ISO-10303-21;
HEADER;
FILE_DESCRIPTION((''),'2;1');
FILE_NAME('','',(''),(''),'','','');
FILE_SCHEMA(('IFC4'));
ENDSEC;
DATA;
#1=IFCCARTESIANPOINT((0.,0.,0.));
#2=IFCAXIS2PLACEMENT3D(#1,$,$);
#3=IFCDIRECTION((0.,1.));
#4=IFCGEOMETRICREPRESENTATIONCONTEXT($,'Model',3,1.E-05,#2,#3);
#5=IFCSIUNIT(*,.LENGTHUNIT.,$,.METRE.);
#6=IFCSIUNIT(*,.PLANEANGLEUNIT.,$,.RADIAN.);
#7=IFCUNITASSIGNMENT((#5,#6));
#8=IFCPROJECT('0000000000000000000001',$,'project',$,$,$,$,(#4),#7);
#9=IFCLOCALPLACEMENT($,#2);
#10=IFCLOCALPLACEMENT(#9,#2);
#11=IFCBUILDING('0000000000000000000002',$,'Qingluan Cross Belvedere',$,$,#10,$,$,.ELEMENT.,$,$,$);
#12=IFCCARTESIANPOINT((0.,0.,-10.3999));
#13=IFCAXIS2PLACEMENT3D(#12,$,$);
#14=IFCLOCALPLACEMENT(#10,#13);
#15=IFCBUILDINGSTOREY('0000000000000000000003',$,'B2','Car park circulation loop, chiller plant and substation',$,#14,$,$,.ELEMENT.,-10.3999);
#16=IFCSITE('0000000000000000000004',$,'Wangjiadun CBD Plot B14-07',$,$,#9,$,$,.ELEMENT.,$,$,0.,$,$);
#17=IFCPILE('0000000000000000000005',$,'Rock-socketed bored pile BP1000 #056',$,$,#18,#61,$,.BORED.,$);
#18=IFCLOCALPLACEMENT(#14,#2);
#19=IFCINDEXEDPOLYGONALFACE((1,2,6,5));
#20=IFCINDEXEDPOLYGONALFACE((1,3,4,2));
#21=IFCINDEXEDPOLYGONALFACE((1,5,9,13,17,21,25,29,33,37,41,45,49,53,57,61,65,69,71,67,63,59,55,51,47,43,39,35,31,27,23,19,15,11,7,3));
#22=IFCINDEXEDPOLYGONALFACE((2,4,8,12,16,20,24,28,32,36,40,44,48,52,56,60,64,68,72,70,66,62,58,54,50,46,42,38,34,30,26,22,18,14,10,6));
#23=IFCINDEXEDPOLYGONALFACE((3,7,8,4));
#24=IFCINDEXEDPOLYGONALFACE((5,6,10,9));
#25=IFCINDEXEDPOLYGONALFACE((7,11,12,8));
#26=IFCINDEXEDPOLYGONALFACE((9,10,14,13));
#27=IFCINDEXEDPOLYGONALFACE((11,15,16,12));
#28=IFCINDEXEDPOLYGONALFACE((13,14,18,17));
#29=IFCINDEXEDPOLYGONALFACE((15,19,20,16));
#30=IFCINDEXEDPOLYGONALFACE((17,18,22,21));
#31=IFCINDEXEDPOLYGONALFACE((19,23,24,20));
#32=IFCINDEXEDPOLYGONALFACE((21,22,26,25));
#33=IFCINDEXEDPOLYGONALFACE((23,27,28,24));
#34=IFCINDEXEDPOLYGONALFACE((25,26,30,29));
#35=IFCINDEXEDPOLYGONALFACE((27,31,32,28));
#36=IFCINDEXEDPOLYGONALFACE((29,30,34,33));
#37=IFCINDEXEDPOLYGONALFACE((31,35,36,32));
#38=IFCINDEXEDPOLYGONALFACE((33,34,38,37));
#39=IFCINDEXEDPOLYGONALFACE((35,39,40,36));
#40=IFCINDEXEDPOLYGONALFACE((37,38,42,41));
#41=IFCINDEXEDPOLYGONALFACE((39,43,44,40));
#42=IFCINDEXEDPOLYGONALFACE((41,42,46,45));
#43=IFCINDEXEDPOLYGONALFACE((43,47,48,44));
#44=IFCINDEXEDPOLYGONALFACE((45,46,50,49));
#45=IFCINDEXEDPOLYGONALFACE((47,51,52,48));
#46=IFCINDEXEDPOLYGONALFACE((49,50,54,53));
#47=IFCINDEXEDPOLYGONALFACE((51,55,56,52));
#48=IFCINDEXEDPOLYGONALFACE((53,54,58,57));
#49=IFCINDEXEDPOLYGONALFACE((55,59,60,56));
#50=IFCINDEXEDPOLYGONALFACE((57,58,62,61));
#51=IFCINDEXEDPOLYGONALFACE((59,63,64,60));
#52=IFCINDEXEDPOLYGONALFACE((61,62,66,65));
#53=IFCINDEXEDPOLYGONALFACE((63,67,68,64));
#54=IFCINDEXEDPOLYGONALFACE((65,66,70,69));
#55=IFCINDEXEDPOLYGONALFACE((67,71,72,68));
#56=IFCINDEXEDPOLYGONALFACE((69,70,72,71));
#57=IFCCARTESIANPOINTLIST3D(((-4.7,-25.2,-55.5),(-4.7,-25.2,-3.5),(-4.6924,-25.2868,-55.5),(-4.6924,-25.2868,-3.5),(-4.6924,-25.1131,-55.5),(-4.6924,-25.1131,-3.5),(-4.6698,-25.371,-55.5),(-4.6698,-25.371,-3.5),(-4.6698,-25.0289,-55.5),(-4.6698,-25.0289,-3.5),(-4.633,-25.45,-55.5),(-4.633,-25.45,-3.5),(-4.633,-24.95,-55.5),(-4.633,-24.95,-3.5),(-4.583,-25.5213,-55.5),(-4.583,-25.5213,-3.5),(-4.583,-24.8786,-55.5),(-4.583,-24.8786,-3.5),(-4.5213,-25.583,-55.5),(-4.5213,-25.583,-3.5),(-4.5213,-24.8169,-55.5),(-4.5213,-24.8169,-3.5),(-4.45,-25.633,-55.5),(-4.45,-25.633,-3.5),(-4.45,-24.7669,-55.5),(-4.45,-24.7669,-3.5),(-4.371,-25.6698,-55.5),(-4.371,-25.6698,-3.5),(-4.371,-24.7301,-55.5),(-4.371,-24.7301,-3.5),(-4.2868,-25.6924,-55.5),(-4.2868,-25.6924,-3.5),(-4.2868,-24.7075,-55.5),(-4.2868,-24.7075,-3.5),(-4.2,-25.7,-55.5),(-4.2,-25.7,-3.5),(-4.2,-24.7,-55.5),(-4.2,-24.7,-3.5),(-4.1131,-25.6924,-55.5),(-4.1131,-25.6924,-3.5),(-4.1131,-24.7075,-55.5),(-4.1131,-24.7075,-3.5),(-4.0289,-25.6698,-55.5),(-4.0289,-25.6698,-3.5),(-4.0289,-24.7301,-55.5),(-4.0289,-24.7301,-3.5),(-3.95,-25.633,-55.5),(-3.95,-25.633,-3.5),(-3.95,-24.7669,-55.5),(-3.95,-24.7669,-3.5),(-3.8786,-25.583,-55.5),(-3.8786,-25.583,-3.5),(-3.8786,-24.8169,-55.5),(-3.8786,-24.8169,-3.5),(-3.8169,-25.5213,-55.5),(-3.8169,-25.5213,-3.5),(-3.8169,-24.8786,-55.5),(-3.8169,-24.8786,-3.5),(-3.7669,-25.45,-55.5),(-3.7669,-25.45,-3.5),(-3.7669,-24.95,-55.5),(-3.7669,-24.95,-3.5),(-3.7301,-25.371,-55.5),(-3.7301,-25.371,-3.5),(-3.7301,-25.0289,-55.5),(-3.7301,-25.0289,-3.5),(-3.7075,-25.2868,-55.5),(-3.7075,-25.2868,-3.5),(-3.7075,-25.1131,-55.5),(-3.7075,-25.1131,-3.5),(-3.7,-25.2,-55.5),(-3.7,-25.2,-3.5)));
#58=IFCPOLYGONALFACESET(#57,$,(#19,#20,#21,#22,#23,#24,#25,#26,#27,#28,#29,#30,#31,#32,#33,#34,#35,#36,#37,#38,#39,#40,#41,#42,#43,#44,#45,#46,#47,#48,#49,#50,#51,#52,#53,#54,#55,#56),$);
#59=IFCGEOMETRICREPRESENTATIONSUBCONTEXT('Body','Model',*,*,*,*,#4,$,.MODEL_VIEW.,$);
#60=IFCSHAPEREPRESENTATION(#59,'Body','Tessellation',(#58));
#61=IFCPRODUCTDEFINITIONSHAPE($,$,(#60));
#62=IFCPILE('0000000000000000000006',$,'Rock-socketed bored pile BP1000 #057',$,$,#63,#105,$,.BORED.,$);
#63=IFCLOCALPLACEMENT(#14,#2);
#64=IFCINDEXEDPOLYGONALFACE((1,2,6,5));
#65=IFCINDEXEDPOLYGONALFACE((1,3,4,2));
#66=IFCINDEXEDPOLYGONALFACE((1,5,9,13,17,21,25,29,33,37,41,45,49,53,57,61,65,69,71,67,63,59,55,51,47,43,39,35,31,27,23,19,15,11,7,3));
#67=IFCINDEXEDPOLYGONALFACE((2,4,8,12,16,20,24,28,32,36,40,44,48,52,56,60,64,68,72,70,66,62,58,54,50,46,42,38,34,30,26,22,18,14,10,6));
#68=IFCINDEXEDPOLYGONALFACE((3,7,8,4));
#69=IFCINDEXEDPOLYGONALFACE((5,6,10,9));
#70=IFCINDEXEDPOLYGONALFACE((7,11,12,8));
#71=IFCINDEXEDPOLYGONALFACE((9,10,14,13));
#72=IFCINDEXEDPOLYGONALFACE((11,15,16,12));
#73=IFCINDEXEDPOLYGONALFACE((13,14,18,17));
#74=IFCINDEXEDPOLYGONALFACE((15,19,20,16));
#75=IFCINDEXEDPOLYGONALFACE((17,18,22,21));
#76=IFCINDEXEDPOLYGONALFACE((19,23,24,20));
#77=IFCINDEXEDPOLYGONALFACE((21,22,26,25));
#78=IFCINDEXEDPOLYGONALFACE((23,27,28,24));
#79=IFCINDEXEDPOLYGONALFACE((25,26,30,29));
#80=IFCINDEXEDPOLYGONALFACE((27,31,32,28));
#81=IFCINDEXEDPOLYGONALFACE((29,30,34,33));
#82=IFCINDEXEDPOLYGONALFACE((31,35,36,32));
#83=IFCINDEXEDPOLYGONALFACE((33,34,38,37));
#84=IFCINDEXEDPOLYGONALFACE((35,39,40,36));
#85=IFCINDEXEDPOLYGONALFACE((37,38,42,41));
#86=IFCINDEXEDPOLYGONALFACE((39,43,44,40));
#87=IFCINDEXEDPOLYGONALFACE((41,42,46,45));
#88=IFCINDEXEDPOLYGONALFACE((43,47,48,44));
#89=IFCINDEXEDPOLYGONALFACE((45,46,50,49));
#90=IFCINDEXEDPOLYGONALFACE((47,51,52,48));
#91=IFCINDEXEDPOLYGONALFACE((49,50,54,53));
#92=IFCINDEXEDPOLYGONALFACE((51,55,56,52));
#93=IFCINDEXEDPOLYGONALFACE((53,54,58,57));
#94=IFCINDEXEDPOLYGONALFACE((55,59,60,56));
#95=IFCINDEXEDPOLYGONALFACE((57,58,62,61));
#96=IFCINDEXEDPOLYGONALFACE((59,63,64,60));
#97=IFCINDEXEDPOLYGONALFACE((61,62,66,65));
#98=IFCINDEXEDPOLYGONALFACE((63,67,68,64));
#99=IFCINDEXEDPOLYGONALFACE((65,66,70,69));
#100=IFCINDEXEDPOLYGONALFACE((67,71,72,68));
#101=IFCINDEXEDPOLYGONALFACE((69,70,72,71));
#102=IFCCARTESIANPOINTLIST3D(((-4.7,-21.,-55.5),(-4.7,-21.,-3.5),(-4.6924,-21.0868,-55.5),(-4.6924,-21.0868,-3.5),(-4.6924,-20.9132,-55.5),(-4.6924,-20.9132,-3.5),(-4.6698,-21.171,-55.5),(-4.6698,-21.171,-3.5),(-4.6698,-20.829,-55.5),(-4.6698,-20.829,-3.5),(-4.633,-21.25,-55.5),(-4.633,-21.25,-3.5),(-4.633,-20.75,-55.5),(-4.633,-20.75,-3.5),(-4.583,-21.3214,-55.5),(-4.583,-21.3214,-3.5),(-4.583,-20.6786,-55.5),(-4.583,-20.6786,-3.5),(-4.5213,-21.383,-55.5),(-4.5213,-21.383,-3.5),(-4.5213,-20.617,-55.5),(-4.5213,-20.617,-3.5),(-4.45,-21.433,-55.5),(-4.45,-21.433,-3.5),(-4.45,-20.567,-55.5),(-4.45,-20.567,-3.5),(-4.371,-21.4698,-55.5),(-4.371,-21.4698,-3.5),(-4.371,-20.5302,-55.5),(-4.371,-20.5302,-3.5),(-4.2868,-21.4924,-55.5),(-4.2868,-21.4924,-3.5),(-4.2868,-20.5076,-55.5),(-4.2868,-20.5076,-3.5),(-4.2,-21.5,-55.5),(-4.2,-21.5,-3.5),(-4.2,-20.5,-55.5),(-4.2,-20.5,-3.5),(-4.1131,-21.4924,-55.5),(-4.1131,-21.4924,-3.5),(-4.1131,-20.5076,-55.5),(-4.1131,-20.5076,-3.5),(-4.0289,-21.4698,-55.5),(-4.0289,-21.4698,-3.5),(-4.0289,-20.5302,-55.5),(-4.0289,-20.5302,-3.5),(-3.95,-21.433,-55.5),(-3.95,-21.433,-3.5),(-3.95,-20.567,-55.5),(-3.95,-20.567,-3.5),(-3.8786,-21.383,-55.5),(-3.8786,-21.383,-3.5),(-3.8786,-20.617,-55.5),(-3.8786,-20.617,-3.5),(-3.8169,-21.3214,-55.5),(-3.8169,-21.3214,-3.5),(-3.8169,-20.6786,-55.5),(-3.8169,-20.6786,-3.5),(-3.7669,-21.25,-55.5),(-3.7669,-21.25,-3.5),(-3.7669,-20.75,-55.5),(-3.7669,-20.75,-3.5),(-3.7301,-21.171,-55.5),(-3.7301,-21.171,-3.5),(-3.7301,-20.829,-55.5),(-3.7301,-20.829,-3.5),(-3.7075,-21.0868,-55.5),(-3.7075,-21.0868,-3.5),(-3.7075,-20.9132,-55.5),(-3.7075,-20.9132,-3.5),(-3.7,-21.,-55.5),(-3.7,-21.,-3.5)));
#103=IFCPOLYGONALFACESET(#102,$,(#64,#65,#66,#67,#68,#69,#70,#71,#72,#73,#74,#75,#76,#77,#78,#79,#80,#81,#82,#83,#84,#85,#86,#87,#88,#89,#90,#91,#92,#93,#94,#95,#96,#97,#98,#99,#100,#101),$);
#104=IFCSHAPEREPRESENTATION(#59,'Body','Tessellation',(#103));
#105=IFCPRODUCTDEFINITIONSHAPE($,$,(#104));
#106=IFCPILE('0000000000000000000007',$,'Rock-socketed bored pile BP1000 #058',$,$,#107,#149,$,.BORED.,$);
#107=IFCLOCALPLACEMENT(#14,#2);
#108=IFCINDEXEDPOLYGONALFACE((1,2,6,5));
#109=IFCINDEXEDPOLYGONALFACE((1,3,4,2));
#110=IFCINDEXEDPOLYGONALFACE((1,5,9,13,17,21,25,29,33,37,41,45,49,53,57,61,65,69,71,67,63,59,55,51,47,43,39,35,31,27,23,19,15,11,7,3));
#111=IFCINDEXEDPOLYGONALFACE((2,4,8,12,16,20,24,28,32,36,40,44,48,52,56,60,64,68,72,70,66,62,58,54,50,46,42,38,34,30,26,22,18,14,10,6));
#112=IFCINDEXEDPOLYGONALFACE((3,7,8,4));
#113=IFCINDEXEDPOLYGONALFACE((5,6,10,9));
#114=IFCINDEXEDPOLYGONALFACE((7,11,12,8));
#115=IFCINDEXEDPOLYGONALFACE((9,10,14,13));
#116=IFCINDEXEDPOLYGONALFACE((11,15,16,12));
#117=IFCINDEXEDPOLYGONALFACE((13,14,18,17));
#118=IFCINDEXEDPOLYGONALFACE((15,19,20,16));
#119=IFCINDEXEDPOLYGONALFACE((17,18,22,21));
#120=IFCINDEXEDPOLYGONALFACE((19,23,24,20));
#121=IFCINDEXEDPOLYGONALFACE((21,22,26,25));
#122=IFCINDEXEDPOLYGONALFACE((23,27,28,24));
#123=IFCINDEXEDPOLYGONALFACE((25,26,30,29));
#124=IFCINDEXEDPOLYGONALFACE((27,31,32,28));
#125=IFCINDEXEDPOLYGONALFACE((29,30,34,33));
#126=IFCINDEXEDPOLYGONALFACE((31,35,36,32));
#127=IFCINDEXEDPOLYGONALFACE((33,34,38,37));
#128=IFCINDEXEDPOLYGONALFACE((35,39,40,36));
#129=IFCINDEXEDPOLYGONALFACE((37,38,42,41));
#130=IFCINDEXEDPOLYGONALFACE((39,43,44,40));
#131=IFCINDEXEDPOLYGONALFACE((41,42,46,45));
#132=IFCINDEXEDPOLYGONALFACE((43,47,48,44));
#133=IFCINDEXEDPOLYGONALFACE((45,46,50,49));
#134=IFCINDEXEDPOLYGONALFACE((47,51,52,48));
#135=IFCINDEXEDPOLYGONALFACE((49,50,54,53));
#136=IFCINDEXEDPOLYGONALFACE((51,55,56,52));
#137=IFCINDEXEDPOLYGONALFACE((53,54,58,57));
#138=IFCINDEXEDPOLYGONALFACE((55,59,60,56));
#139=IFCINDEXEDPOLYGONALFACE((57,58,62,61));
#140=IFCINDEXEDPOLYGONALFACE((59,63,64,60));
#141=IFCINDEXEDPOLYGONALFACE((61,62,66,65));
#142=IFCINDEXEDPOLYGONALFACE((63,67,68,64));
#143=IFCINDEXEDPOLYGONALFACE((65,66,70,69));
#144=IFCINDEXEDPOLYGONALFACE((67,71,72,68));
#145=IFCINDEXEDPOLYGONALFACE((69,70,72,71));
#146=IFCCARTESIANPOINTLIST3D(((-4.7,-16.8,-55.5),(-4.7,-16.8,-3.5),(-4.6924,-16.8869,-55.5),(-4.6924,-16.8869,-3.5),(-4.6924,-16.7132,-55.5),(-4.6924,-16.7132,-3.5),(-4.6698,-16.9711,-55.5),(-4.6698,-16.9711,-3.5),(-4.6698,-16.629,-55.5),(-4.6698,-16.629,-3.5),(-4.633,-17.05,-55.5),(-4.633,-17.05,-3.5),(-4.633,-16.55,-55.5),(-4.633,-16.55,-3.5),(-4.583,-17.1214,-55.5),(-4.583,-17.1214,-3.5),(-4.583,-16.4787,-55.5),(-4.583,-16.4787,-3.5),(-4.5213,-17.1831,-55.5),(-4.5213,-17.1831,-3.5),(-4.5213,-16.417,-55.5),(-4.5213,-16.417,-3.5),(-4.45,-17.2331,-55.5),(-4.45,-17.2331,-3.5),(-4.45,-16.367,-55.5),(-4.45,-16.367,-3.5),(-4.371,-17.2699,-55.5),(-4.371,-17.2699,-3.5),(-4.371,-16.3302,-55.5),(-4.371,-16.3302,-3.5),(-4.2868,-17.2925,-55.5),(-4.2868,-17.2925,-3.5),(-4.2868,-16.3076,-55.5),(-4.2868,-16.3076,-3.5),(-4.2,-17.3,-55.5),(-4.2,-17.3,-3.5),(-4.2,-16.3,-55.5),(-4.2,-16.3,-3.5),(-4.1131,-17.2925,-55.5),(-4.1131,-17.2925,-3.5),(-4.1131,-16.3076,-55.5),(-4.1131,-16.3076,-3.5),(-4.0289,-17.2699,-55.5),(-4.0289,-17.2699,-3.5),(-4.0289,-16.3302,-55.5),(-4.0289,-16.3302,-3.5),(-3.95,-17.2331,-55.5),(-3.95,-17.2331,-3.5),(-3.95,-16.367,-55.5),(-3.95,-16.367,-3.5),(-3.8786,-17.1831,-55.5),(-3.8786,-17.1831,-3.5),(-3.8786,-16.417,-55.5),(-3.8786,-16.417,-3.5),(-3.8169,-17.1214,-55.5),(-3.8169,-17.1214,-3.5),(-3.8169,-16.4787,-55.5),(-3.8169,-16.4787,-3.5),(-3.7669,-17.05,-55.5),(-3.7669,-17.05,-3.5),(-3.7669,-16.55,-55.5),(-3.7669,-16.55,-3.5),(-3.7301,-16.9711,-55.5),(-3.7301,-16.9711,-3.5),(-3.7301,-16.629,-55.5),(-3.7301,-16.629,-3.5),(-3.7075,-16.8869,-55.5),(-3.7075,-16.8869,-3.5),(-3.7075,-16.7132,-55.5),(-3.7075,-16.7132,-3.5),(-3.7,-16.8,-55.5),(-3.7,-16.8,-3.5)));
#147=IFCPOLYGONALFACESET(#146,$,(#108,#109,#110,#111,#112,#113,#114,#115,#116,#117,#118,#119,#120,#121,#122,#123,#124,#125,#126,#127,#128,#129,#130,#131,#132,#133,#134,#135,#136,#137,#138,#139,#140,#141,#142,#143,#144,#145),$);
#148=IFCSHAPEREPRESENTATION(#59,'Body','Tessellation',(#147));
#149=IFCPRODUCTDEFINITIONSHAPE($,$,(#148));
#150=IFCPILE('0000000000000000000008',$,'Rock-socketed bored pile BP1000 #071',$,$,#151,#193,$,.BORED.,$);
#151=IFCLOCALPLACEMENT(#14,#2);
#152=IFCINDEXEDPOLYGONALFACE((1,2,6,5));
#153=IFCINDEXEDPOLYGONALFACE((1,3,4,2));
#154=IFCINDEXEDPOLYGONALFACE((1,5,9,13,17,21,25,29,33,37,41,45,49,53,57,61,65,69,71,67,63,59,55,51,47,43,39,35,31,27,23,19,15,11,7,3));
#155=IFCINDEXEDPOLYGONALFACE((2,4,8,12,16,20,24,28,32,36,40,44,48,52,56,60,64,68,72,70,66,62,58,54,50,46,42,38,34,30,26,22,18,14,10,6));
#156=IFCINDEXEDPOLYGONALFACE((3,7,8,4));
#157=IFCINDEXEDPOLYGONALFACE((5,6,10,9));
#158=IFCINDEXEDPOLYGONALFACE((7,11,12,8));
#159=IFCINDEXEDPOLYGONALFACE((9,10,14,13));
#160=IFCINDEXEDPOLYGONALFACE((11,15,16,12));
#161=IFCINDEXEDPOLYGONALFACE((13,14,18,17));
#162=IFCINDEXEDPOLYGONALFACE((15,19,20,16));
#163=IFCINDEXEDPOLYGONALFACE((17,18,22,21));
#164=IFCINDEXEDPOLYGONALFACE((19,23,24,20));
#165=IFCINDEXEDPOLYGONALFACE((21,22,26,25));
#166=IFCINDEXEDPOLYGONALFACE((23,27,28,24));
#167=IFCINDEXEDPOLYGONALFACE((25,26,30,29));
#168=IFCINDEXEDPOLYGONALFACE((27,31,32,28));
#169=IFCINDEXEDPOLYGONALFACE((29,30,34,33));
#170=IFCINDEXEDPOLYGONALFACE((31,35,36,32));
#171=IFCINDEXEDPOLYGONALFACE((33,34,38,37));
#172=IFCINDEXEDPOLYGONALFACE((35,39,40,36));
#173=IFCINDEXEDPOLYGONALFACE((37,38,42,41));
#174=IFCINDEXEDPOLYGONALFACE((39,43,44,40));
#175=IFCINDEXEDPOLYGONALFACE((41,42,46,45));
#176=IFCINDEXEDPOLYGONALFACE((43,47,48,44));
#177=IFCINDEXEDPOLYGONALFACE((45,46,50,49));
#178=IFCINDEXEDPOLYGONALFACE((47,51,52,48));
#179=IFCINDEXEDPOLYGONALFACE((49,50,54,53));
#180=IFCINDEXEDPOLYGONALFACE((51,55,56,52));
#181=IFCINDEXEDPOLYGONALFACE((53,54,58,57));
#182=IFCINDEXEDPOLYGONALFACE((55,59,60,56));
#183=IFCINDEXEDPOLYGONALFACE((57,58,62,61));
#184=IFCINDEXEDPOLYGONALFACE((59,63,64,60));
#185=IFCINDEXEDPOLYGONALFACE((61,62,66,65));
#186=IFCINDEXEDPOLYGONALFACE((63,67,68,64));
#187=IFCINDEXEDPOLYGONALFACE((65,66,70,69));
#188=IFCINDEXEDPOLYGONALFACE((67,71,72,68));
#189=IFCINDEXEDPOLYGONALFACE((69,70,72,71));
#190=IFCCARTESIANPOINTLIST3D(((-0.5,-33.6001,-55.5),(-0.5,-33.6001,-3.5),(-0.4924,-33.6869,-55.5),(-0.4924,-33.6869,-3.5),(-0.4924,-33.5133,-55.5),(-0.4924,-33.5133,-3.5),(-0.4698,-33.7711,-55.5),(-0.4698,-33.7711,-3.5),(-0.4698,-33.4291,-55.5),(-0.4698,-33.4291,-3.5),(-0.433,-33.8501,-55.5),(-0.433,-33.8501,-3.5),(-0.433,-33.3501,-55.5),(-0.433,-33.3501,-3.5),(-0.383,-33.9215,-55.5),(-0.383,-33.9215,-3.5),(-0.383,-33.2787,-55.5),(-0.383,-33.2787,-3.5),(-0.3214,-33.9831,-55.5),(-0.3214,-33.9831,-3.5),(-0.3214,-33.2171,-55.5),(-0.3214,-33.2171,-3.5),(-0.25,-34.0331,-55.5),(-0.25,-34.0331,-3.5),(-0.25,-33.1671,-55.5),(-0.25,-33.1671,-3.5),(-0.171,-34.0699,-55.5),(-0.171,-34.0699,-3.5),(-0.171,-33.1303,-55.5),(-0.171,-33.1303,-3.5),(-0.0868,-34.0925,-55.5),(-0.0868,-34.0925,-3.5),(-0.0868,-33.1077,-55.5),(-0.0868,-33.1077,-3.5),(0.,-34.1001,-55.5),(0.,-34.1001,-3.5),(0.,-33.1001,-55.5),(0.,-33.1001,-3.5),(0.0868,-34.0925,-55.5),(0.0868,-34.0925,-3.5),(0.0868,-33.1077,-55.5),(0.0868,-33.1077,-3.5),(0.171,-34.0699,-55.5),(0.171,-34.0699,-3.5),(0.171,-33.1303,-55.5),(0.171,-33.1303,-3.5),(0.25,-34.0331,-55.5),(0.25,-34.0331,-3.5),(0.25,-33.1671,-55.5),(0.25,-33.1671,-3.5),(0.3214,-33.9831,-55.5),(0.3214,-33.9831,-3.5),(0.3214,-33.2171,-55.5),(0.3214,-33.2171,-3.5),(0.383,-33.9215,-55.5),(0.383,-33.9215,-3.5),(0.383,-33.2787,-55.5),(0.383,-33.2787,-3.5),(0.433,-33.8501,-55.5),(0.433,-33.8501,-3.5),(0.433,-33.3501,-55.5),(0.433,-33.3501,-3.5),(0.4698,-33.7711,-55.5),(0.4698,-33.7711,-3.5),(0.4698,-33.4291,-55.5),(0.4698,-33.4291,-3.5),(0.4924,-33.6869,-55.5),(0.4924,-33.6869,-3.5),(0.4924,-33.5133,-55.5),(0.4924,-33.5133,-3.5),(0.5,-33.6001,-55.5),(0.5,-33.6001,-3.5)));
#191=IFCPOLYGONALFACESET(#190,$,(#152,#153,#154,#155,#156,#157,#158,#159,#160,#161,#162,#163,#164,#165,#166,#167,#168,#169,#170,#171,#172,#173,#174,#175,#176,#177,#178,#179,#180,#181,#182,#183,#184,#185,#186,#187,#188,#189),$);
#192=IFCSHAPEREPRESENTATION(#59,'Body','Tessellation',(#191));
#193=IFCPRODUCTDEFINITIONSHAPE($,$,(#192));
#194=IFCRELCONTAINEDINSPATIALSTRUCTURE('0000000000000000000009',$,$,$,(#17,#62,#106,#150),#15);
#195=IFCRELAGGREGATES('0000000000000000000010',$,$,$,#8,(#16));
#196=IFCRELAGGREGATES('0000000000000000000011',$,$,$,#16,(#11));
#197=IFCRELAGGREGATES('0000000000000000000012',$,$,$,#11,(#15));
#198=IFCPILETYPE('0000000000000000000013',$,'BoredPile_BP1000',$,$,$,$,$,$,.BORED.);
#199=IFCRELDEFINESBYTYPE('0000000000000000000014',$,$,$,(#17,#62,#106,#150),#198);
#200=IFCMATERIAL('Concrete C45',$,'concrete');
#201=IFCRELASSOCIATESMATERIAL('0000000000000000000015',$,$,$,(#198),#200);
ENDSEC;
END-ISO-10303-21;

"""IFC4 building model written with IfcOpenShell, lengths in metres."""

from ifc_helpers import new_model, si_unit, direction, frame, origin, origin_2d, place, context, subcontext, project, spatial, circle, extrude, material, material_profile, profile_set, type_object, element, save


model = new_model("IFC4")

# Units and contexts
model_context = context("Model", 3, precision=1e-05, world=origin(), true_north=direction((0.0, 1.0)))
body_context = subcontext(model_context, "Body", "Model", "MODEL_VIEW")
ifc_project = project(units=[si_unit("LENGTHUNIT", "METRE"), si_unit("PLANEANGLEUNIT", "RADIAN")], contexts=[model_context])

# Site, building, storey
site_placement = place(None, origin())
site = spatial("IfcSite", under=ifc_project, at=site_placement, Name="Wangjiadun CBD Plot B14-07", CompositionType="ELEMENT", RefElevation=0.0)
building_placement = place(site_placement, origin())
building = spatial("IfcBuilding", under=site, at=building_placement, Name="Qingluan Cross Belvedere", CompositionType="ELEMENT")
storey_placement = place(building_placement, frame((0.0, 0.0, -10.3999)))
storey = spatial("IfcBuildingStorey", under=building, at=storey_placement, Name="B2", Description="Car park circulation loop, chiller plant and substation", CompositionType="ELEMENT", Elevation=-10.3999)

# Piles
ifc_material_1 = material(Name="Concrete C45", Category="concrete")
ifc_material_profile_1 = material_profile(ifc_material_1, circle(Radius=0.5, at=origin_2d()), Name="BP1000")
ifc_profile_set_1 = profile_set([ifc_material_profile_1], Name="Concrete C45")
pile_type = type_object("IfcPileType", Name="BoredPile_BP1000", PredefinedType="BORED", material=ifc_profile_set_1)
for number, where, z_axis, x_axis, name in (
    (1, (-4.2, -25.2, -3.5), (0.0, 0.0, -1.0), (1.0, 0.0, 0.0), "Rock-socketed bored pile BP1000 #056"),
    (2, (-4.2, -21.0, -3.5), (0.0, 0.0, -1.0), (1.0, 0.0, 0.0), "Rock-socketed bored pile BP1000 #057"),
    (3, (-4.2, -16.8, -3.5), (0.0, 0.0, -1.0), (1.0, 0.0, 0.0), "Rock-socketed bored pile BP1000 #058"),
    (4, (0.0, -33.6001, -3.5), (0.0, 0.0, -1.0), (1.0, 0.0, 0.0), "Rock-socketed bored pile BP1000 #071"),
):
    element("IfcPile", number, at=place(storey_placement, frame(where, z_axis=z_axis, x_axis=x_axis)), inside=storey, type_object=pile_type, Name=name, PredefinedType="BORED", context=body_context, shape_type="SweptSolid", body=[
        extrude(circle(Radius=0.5, at=origin_2d()), origin(), (0.0, 0.0, 1.0), 52.0),
    ])

save(model, "model.ifc")
